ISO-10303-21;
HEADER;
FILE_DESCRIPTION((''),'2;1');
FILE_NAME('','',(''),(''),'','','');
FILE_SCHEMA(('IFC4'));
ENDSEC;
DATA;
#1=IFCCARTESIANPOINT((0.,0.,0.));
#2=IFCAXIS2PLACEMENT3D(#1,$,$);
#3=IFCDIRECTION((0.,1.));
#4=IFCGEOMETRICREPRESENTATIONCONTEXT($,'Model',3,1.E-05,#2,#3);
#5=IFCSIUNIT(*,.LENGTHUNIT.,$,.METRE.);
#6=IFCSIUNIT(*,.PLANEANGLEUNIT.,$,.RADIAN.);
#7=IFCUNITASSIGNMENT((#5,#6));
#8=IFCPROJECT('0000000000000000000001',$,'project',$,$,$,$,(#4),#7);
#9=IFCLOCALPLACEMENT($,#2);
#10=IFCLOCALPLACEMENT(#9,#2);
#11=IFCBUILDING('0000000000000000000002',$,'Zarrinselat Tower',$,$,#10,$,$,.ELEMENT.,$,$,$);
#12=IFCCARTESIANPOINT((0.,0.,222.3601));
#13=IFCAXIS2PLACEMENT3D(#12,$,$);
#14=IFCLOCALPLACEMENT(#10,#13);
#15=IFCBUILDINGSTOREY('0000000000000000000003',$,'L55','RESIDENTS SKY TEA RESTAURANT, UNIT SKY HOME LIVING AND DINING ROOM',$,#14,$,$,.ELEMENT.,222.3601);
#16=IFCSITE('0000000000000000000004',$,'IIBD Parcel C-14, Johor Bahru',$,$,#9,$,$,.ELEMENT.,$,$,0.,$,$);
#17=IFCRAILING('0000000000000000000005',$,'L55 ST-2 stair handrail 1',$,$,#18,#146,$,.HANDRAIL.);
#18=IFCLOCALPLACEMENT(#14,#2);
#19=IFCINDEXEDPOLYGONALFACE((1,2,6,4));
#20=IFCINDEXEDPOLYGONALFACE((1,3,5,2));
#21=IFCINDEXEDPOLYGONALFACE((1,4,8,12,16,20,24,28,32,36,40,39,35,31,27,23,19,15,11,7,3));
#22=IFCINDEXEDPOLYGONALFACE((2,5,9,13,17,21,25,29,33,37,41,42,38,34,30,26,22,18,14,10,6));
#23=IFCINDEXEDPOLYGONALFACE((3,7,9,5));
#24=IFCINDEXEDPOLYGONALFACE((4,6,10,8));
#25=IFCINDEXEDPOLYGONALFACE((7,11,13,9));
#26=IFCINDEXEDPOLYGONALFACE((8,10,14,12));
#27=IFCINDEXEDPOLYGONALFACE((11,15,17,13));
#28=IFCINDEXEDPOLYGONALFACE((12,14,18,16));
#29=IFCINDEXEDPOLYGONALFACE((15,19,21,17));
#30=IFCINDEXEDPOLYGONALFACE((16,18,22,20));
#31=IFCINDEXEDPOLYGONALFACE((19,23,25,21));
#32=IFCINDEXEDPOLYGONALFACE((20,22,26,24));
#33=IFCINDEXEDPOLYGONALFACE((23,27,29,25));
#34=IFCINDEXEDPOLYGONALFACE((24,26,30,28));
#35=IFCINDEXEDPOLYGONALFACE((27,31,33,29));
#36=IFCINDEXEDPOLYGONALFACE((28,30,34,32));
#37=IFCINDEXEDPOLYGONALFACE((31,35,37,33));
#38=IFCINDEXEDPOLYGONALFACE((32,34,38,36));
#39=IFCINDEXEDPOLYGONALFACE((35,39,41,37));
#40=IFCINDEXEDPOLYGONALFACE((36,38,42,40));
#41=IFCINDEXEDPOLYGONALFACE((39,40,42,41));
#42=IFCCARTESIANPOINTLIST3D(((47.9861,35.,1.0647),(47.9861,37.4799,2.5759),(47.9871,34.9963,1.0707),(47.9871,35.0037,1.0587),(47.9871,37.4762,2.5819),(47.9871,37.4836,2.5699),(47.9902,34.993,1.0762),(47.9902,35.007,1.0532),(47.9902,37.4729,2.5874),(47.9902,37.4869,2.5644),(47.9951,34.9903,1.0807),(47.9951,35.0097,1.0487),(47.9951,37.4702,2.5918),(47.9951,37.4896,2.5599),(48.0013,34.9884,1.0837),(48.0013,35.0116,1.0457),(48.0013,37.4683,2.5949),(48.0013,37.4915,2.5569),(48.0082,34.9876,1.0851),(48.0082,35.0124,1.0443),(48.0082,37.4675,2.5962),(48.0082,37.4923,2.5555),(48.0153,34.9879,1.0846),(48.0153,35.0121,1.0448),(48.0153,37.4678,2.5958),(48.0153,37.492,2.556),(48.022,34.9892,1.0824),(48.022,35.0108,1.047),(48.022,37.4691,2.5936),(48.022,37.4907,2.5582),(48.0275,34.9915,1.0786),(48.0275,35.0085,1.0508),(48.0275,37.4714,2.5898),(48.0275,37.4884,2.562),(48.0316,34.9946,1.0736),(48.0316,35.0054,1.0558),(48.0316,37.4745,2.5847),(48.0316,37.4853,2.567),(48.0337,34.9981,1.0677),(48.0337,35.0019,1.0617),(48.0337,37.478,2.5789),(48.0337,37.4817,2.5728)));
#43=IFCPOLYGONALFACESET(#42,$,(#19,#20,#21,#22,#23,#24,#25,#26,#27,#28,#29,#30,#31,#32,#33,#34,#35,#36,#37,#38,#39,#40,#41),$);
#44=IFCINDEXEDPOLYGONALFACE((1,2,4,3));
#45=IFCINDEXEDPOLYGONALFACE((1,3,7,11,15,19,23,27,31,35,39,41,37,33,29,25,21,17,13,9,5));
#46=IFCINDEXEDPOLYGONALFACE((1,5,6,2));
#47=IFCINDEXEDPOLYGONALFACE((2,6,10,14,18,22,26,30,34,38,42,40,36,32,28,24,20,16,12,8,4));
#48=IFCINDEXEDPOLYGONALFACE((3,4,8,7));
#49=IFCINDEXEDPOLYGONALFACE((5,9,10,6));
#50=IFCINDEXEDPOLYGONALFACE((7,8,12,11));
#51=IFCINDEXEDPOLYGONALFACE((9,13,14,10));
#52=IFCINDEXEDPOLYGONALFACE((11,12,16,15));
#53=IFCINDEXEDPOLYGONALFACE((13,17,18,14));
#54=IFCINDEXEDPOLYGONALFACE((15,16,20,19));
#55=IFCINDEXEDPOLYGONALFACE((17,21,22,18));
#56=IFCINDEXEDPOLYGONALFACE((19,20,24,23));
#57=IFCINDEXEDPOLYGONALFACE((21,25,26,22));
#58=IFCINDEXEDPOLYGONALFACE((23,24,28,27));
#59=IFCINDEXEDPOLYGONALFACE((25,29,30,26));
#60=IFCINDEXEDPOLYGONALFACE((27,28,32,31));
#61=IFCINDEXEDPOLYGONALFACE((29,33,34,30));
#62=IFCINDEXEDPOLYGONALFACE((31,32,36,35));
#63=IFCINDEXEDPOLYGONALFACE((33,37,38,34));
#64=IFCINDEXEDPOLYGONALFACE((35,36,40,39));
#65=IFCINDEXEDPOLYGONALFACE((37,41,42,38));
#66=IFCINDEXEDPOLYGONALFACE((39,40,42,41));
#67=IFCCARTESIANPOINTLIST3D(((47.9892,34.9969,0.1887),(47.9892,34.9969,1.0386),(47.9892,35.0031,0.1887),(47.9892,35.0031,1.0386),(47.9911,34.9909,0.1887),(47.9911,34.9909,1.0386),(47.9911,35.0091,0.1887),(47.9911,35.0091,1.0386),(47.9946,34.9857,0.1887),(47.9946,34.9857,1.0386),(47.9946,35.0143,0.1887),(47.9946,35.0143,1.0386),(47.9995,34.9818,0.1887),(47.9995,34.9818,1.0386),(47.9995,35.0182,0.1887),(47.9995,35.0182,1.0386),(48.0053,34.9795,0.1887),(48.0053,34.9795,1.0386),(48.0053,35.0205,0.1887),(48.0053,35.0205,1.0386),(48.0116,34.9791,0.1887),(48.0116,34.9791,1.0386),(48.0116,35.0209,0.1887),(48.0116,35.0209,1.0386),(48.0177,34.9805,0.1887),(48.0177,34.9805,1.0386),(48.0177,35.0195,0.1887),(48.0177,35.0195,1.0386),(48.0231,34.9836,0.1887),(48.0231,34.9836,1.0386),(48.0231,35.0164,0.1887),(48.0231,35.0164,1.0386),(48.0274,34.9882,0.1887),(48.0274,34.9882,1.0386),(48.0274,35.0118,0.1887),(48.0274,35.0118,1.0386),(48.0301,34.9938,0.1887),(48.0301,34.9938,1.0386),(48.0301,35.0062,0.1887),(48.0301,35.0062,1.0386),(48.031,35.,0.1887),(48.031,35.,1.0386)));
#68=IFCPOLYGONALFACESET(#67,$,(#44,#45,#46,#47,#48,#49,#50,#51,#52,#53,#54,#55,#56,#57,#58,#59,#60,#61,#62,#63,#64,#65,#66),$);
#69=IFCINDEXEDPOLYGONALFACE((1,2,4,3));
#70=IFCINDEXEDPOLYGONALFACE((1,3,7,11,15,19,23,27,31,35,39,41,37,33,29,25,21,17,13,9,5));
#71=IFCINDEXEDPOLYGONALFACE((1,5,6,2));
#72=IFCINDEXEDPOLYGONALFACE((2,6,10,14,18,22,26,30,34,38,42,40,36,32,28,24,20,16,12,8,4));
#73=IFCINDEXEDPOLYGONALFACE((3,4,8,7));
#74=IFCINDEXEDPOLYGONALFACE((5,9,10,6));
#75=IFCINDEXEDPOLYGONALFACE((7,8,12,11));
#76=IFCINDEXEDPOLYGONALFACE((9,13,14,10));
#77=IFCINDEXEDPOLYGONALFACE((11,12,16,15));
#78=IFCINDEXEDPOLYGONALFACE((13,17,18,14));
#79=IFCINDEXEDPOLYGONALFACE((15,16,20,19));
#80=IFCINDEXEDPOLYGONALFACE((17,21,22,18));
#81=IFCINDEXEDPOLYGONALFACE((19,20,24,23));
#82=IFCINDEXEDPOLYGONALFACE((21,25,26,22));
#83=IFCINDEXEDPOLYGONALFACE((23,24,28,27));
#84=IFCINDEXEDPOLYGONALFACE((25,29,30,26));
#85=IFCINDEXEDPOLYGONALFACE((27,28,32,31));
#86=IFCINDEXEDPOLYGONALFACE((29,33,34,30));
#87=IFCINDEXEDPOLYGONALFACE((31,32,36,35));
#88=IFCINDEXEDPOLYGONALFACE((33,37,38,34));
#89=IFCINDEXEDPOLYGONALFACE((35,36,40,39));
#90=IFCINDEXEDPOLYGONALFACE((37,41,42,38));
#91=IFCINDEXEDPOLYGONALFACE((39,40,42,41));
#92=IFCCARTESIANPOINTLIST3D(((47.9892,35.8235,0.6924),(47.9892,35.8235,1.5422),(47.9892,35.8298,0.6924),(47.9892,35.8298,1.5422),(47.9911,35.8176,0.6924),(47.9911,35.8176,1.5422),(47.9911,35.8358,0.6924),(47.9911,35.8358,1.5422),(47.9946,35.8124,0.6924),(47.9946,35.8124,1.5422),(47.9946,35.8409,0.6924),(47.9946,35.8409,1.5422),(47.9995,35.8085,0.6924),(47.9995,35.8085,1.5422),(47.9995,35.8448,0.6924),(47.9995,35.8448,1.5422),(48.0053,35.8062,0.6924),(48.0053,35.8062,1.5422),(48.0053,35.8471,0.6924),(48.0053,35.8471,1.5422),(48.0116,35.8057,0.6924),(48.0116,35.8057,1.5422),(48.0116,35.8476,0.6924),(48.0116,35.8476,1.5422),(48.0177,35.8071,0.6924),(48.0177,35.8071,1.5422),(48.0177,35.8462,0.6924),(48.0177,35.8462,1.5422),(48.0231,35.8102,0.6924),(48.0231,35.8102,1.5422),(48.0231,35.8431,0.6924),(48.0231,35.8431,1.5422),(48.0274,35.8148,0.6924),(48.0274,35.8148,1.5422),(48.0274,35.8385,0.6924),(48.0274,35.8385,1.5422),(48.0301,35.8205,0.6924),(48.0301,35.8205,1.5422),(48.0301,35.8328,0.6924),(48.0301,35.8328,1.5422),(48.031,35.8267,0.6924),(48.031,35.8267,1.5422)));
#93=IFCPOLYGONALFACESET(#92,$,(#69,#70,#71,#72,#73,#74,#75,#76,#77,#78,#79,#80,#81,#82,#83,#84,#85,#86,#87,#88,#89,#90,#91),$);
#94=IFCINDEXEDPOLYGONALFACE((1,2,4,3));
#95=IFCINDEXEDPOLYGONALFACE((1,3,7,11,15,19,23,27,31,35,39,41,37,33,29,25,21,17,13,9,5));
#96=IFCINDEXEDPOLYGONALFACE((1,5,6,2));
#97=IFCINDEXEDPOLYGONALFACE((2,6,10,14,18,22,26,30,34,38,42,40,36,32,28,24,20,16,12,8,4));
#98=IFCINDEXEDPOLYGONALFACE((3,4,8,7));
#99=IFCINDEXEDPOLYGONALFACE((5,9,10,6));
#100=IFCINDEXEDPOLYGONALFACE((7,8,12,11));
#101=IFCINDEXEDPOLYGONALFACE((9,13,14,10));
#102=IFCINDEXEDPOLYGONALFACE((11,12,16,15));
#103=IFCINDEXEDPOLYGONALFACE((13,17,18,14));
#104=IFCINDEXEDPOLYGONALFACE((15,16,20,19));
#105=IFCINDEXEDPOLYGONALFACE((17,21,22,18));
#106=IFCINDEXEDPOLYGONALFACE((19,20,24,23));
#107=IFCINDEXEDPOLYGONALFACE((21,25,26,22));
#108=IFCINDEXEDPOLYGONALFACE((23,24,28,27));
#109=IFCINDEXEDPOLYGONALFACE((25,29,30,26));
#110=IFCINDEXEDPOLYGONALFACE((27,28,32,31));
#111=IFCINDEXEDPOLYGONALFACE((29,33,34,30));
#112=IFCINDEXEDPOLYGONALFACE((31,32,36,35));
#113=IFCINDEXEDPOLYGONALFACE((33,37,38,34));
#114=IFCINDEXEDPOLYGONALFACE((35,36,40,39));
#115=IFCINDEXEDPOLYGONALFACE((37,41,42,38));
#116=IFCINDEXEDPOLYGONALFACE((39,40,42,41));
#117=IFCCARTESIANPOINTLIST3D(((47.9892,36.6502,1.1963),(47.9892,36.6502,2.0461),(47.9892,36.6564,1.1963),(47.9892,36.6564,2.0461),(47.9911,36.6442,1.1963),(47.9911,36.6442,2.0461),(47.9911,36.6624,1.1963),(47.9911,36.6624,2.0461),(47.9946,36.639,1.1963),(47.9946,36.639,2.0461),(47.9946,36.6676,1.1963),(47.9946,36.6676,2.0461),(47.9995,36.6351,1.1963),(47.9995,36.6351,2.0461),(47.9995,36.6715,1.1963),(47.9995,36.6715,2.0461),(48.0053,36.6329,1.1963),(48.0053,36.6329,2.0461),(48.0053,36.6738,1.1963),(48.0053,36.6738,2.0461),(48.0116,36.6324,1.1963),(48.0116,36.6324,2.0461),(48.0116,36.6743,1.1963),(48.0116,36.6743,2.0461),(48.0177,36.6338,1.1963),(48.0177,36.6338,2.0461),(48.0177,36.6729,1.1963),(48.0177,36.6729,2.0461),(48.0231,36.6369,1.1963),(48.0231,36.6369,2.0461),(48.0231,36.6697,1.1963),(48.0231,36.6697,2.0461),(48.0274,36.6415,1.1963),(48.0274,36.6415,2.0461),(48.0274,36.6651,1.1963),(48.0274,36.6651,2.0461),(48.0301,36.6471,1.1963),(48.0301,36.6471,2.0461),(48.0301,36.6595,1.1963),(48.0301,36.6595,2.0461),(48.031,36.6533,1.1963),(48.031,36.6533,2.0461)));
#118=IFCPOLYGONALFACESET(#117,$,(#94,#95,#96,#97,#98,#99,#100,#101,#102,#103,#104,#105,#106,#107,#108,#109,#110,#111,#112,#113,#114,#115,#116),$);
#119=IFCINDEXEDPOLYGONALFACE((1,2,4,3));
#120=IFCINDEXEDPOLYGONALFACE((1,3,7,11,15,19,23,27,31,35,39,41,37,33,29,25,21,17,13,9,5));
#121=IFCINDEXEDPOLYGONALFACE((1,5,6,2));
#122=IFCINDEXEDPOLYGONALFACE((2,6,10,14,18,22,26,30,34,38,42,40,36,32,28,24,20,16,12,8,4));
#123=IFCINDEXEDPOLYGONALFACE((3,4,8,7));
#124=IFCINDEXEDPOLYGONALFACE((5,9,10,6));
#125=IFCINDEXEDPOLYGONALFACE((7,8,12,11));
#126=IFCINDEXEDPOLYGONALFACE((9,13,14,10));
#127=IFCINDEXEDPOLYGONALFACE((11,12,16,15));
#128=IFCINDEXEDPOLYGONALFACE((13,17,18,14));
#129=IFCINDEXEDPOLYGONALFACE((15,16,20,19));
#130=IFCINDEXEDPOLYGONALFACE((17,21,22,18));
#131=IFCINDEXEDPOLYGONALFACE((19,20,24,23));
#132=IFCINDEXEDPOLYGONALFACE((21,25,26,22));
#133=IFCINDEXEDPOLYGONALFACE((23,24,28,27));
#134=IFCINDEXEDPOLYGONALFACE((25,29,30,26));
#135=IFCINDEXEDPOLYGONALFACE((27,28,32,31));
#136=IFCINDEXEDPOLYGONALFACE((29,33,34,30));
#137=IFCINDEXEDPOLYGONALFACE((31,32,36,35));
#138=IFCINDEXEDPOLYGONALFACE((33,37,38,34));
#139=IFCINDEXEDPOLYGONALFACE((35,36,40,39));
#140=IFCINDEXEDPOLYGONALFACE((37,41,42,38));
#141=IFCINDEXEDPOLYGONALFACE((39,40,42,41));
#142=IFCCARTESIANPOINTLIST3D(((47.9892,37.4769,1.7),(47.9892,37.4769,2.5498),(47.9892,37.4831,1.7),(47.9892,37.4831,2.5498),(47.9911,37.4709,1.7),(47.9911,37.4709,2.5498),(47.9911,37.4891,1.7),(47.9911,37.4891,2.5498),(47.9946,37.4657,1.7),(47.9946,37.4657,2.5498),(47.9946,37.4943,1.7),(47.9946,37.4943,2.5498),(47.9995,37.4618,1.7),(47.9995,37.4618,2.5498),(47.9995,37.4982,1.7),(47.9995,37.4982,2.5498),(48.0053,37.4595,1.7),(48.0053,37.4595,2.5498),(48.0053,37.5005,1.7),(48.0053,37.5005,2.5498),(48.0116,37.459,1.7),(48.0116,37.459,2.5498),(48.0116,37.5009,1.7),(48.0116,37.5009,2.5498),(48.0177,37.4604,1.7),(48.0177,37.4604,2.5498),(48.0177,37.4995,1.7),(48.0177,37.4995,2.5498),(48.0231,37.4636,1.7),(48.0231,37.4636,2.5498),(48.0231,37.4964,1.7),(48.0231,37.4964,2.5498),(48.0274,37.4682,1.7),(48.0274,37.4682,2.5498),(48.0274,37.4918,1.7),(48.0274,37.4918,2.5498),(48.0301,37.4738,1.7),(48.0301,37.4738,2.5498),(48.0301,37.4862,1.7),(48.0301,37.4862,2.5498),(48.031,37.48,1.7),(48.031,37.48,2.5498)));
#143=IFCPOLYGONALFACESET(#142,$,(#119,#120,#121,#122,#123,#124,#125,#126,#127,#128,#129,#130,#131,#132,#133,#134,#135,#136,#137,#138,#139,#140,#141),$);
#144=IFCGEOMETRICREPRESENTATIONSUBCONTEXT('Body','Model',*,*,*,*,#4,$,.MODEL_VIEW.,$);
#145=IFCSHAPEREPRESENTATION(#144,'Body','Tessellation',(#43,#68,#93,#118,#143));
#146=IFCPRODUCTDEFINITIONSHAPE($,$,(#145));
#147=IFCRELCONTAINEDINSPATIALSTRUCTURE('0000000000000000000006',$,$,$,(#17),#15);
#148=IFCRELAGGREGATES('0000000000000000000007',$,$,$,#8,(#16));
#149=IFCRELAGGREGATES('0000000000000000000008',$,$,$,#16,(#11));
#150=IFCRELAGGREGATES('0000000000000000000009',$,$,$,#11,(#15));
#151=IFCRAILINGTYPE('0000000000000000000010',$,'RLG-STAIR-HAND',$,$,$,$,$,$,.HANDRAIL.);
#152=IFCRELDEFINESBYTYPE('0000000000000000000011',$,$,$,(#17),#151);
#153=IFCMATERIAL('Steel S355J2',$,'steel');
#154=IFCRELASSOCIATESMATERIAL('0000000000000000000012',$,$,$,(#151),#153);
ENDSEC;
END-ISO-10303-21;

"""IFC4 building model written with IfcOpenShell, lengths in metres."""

from ifc_helpers import new_model, si_unit, direction, frame, origin, origin_2d, place, context, subcontext, project, spatial, circle, extrude, material, type_object, element, save


model = new_model("IFC4")

# Units and contexts
model_context = context("Model", 3, precision=1e-05, world=origin(), true_north=direction((0.0, 1.0)))
body_context = subcontext(model_context, "Body", "Model", "MODEL_VIEW")
ifc_project = project(units=[si_unit("LENGTHUNIT", "METRE"), si_unit("PLANEANGLEUNIT", "RADIAN")], contexts=[model_context])

# Site, building, storey
site_placement = place(None, origin())
site = spatial("IfcSite", under=ifc_project, at=site_placement, Name="IIBD Parcel C-14, Johor Bahru", CompositionType="ELEMENT", RefElevation=0.0)
building_placement = place(site_placement, origin())
building = spatial("IfcBuilding", under=site, at=building_placement, Name="Zarrinselat Tower", CompositionType="ELEMENT")
storey_placement = place(building_placement, frame((0.0, 0.0, 222.3601)))
storey = spatial("IfcBuildingStorey", under=building, at=storey_placement, Name="L55", Description="RESIDENTS SKY TEA RESTAURANT, UNIT SKY HOME LIVING AND DINING ROOM", CompositionType="ELEMENT", Elevation=222.3601)

# Railing
ifc_material_1 = material(Name="Steel S355J2", Category="steel")
railing_type_1 = type_object("IfcRailingType", Name="RLG-STAIR-HAND", PredefinedType="HANDRAIL", material=ifc_material_1)
railing_1_placement = place(storey_placement, frame((48.01, 35.0, 0.1887)))
element("IfcRailing", 1, at=railing_1_placement, inside=storey, type_object=railing_type_1, Name="L55 ST-2 stair handrail 1", PredefinedType="HANDRAIL", context=body_context, shape_type="SweptSolid", body=[
    extrude(circle(Radius=0.0239, at=origin_2d()), frame((0.0, 0.0, 0.876), z_axis=(0.0, 0.853942, 0.520368), x_axis=(-1.0, 0.0, 0.0)), (0.0, 0.0, 1.0), 2.9041),
    extrude(circle(Radius=0.021, at=origin_2d()), origin(), (0.0, 0.0, 1.0), 0.8499),
    extrude(circle(Radius=0.021, at=origin_2d()), frame((0.0, 0.8267, 0.5037)), (0.0, 0.0, 1.0), 0.8499),
    extrude(circle(Radius=0.021, at=origin_2d()), frame((0.0, 1.6533, 1.0076)), (0.0, 0.0, 1.0), 0.8499),
    extrude(circle(Radius=0.021, at=origin_2d()), frame((0.0, 2.48, 1.5112)), (0.0, 0.0, 1.0), 0.8499),
])

save(model, "model.ifc")
